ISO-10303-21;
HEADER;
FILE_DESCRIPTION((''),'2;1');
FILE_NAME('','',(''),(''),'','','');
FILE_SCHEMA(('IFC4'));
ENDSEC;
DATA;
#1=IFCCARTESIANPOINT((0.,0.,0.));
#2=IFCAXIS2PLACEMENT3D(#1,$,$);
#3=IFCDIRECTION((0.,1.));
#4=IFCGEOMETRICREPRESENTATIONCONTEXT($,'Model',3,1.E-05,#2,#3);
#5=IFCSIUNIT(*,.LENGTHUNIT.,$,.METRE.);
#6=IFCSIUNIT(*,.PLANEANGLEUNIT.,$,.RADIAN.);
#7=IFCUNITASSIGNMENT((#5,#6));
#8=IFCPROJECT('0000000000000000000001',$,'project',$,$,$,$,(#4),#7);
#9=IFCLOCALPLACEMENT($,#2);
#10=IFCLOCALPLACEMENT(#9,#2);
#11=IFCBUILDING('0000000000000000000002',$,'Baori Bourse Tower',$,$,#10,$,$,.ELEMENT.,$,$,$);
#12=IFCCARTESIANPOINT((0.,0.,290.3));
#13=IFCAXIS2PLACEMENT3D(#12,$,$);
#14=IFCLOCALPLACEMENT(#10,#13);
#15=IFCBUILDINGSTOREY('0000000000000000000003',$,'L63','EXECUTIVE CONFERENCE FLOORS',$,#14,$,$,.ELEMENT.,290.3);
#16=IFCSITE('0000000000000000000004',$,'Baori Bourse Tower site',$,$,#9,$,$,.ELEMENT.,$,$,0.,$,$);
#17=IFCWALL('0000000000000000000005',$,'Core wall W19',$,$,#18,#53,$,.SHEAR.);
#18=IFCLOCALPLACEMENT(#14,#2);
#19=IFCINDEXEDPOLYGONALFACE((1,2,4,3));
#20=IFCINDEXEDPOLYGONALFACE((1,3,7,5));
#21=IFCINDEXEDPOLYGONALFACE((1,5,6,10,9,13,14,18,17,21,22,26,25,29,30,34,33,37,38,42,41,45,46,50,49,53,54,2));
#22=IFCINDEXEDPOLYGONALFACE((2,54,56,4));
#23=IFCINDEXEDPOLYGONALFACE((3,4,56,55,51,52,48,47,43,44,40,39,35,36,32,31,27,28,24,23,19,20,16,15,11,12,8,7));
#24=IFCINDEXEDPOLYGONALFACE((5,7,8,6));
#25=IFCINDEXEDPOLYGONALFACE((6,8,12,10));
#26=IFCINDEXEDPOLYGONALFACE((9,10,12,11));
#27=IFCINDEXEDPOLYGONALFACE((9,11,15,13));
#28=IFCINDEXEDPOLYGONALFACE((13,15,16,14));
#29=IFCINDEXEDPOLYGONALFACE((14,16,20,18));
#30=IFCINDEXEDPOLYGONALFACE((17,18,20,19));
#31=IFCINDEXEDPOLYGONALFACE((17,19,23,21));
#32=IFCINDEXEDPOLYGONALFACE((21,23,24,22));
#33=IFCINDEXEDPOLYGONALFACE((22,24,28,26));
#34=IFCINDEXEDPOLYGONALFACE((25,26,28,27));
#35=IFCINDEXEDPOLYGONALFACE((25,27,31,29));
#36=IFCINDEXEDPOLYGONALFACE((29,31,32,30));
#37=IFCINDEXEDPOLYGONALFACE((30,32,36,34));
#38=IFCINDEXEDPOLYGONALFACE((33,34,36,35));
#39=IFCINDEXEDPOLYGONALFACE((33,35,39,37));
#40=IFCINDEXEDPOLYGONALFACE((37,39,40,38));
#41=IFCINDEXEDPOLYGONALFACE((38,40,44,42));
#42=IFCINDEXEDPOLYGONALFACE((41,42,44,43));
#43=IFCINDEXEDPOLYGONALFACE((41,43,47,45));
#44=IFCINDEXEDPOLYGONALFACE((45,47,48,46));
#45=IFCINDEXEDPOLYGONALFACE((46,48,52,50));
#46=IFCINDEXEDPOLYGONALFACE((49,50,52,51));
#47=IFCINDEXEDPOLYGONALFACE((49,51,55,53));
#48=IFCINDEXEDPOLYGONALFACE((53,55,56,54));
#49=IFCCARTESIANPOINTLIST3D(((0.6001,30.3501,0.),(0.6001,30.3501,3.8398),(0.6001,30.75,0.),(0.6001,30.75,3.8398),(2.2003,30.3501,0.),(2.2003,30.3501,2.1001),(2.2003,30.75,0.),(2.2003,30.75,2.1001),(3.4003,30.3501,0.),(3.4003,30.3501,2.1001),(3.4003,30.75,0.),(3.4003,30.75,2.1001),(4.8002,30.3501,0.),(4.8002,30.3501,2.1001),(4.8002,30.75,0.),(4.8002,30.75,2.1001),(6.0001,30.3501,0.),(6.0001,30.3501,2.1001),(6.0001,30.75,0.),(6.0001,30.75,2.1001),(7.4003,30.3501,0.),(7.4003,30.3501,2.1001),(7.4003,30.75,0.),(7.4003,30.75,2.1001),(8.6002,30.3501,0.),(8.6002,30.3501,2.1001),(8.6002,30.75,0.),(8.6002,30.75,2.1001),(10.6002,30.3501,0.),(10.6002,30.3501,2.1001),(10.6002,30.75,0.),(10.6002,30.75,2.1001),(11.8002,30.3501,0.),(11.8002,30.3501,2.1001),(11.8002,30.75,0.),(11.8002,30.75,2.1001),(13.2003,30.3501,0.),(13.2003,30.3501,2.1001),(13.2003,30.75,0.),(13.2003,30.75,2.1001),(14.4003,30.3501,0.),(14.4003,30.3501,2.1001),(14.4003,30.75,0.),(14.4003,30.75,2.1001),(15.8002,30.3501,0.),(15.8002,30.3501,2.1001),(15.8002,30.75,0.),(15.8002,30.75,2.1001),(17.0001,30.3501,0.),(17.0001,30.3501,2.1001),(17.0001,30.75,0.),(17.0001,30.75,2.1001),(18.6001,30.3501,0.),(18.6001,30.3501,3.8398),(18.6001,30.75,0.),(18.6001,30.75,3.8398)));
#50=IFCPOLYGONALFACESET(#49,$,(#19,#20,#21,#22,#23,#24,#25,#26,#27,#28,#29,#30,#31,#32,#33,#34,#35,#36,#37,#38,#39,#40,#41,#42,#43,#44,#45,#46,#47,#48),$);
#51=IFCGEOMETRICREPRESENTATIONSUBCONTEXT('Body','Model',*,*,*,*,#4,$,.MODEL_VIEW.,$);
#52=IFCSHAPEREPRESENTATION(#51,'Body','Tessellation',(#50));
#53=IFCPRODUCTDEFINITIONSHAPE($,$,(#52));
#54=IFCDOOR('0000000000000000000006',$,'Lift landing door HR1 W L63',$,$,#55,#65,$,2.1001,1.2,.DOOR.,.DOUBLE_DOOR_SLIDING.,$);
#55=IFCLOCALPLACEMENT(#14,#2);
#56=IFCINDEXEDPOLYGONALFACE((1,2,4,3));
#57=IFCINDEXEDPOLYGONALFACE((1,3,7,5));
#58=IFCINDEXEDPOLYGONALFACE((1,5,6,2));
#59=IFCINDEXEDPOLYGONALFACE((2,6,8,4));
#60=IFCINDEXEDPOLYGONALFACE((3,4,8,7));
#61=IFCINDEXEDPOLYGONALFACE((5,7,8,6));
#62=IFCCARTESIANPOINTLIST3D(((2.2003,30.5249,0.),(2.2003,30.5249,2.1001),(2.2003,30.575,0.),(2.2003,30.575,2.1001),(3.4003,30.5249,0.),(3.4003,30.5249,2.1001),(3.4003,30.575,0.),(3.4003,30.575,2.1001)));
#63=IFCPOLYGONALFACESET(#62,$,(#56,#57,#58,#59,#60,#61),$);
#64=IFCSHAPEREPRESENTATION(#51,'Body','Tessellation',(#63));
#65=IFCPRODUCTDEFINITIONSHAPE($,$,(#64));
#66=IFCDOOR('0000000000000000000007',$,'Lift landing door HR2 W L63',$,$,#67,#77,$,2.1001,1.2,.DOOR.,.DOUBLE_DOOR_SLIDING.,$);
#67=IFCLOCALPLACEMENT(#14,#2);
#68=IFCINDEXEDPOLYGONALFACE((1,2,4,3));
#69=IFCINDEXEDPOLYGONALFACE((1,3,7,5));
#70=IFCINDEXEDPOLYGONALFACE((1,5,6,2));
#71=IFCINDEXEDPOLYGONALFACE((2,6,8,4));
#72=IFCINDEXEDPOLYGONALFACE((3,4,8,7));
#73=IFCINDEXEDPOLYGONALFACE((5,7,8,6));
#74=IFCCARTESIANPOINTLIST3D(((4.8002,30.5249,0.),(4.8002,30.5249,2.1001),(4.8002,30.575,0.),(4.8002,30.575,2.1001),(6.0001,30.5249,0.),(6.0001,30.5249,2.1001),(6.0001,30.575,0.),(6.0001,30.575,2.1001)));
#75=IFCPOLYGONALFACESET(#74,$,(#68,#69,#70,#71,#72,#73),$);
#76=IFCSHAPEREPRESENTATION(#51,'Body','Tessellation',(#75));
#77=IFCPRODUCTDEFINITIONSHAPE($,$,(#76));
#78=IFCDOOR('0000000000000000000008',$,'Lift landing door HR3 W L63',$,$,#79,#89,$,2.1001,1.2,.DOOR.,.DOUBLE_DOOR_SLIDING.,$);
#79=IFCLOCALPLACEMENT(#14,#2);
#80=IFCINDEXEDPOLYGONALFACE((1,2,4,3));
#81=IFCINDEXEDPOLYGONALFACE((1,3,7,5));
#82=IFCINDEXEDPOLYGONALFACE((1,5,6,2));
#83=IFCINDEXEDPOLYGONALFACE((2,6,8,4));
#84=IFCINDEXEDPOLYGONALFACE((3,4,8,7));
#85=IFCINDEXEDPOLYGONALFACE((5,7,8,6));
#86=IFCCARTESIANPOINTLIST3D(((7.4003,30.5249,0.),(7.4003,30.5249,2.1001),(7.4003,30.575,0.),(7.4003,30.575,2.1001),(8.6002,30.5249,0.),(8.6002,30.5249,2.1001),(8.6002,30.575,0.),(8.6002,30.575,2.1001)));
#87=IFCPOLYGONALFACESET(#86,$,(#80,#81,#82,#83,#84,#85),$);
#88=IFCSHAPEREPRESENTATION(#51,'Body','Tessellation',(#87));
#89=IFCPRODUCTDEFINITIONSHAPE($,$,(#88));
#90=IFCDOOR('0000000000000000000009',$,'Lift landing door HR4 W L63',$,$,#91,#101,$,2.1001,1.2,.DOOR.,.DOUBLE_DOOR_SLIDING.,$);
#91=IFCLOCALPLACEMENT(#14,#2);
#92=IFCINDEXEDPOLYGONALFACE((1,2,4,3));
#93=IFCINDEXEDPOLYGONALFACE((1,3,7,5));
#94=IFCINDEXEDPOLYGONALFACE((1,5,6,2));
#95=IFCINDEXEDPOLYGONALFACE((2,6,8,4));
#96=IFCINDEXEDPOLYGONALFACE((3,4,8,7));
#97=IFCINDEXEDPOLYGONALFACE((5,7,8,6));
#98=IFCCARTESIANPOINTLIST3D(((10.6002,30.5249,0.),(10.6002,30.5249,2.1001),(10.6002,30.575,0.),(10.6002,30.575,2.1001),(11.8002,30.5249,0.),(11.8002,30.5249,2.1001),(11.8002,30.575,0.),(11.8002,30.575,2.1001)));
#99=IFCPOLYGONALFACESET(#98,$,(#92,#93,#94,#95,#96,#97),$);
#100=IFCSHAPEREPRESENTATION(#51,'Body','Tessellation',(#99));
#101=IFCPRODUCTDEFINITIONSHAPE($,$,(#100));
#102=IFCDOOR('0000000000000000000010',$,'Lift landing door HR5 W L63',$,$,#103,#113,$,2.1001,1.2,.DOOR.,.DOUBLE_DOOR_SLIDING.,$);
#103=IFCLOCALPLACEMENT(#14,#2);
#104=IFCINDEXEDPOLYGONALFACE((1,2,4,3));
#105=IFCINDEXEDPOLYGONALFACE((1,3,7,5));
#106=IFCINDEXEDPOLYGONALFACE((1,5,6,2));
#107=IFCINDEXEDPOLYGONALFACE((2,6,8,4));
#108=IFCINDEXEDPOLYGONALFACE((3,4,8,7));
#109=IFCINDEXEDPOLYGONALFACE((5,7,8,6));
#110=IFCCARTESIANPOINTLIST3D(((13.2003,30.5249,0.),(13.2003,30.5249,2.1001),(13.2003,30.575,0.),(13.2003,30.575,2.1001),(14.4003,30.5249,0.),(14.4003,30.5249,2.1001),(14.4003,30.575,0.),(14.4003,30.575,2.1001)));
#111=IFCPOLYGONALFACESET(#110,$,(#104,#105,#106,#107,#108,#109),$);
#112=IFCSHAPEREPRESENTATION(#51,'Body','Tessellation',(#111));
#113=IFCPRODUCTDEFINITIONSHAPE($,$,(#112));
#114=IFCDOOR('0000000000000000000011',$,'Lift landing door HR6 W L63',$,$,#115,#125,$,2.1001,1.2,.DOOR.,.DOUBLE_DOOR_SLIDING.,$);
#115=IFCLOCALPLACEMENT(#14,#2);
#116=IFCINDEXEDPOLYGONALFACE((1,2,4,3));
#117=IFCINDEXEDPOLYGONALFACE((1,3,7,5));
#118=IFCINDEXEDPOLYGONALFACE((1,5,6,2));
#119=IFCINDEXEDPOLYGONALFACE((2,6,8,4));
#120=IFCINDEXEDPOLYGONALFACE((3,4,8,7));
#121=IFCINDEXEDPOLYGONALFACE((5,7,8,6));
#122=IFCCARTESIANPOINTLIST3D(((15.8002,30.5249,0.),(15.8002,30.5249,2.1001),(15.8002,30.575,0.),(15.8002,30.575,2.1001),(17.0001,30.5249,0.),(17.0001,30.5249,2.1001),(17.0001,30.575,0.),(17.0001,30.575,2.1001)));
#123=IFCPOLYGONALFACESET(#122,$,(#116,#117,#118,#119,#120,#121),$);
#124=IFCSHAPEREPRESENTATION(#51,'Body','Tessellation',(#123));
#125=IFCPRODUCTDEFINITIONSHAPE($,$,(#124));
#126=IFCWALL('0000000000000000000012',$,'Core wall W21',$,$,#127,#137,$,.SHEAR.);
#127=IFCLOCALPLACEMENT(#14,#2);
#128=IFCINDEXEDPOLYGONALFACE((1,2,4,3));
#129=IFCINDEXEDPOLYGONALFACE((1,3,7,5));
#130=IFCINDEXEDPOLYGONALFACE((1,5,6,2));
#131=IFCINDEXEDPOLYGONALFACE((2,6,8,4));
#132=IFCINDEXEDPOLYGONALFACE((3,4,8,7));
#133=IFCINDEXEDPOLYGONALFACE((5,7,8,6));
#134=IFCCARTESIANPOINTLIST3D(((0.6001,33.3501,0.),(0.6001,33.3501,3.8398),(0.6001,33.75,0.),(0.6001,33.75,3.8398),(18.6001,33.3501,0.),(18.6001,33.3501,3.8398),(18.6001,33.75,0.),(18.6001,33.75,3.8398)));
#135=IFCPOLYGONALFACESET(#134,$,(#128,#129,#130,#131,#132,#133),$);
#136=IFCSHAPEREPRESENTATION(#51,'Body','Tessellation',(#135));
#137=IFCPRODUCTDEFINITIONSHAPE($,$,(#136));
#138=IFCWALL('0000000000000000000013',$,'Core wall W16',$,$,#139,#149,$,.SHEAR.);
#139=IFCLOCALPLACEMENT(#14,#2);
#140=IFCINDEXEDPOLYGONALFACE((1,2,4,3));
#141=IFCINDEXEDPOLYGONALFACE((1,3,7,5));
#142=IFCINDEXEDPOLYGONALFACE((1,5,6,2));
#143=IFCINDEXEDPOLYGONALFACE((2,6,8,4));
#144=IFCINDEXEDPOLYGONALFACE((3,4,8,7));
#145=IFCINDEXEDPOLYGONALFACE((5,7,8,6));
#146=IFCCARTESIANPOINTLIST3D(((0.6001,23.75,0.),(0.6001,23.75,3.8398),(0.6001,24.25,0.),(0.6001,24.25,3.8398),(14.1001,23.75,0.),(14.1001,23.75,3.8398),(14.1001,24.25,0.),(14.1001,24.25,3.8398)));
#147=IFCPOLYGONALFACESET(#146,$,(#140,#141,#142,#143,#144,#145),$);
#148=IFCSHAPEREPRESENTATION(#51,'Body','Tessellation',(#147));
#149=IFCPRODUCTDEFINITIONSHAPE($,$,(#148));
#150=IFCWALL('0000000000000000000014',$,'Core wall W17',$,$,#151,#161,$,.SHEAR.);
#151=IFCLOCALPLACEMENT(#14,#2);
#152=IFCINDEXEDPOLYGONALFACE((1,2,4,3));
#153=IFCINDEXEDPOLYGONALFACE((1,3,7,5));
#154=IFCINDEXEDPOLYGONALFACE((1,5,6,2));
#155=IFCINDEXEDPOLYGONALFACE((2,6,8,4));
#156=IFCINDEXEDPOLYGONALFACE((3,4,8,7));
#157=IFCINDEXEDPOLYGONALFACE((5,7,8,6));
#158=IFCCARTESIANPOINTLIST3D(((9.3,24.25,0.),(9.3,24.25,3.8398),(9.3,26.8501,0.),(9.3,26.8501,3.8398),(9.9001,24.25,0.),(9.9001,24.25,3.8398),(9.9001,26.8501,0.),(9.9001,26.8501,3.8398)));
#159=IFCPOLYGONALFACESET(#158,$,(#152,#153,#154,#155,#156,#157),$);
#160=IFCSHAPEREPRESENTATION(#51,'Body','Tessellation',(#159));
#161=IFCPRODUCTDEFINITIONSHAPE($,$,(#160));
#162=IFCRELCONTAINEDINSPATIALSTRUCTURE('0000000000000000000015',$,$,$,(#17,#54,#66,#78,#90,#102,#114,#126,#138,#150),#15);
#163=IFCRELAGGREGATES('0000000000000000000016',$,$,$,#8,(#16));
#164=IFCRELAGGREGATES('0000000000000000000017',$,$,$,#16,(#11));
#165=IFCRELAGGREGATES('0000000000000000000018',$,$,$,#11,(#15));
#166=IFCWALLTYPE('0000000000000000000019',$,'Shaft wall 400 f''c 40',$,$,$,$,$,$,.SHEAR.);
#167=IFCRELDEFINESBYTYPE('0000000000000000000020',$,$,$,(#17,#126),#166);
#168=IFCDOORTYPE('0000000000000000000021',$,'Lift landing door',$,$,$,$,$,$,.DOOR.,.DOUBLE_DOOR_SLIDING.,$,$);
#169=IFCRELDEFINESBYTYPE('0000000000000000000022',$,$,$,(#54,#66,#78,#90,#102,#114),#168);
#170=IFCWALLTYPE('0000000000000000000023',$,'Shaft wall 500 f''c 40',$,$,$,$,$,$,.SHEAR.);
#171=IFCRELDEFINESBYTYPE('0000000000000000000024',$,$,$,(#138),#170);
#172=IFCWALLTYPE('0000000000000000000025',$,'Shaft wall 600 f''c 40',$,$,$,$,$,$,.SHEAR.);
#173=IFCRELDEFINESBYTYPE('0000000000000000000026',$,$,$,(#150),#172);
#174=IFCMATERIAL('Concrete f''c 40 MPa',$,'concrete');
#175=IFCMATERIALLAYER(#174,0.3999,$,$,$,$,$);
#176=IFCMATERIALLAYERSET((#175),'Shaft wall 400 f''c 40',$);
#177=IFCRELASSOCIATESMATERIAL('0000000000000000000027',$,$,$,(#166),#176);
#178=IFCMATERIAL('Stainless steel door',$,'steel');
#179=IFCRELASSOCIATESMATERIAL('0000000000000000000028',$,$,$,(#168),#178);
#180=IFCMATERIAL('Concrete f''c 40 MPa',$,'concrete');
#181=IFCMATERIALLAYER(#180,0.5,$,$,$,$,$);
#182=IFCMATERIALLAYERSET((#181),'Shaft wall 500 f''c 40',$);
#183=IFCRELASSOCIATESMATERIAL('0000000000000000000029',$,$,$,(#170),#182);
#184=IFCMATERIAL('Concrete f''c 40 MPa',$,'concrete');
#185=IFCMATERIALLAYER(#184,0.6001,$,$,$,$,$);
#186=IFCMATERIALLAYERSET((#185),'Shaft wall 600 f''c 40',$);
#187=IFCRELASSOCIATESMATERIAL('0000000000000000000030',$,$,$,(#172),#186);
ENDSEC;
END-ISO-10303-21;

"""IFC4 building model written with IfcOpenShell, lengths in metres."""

from ifc_helpers import new_model, si_unit, direction, frame, frame_2d, origin, place, context, subcontext, project, spatial, rectangle, extrude, material, layer, layer_set, type_object, element, fill, save


model = new_model("IFC4")

# Units and contexts
model_context = context("Model", 3, precision=1e-05, world=origin(), true_north=direction((0.0, 1.0)))
body_context = subcontext(model_context, "Body", "Model", "MODEL_VIEW")
ifc_project = project(units=[si_unit("LENGTHUNIT", "METRE"), si_unit("PLANEANGLEUNIT", "RADIAN")], contexts=[model_context])

# Site, building, storey
site_placement = place(None, origin())
site = spatial("IfcSite", under=ifc_project, at=site_placement, Name="Baori Bourse Tower site", CompositionType="ELEMENT", RefElevation=0.0)
building_placement = place(site_placement, origin())
building = spatial("IfcBuilding", under=site, at=building_placement, Name="Baori Bourse Tower", CompositionType="ELEMENT")
storey_placement = place(building_placement, frame((0.0, 0.0, 290.3)))
storey = spatial("IfcBuildingStorey", under=building, at=storey_placement, Name="L63", Description="EXECUTIVE CONFERENCE FLOORS", CompositionType="ELEMENT", Elevation=290.3)

# Wall, openings, doors
ifc_material_1 = material(Name="Concrete f'c 40 MPa", Category="concrete")
ifc_layer_1 = layer(ifc_material_1, 0.3999)
ifc_layer_set_1 = layer_set([ifc_layer_1], Name="Shaft wall 400 f'c 40")
wall_type_1 = type_object("IfcWallType", Name="Shaft wall 400 f'c 40", PredefinedType="SHEAR", material=ifc_layer_set_1)
ifc_material_2 = material(Name="Stainless steel door", Category="steel")
door_type_1 = type_object("IfcDoorType", Name="Lift landing door", OperationType="DOUBLE_DOOR_SLIDING", PredefinedType="DOOR", material=ifc_material_2)
wall_1_placement = place(storey_placement, frame((0.6001, 30.55, 0.0), z_axis=(0.0, 0.0, 1.0), x_axis=(1.0, 0.0, 0.0)))
wall_1 = element("IfcWall", 1, at=wall_1_placement, inside=storey, type_object=wall_type_1, Name="Core wall W19", PredefinedType="SHEAR", context=body_context, shape_type="SweptSolid", body=[
    extrude(rectangle(XDim=18.0, YDim=0.3999, at=frame_2d((9.0, 0.0))), origin(), (0.0, 0.0, 1.0), 3.8398),
])
opening_1_placement = place(wall_1_placement, frame((1.6001, 0.0, 0.0)))
opening_1 = element("IfcOpeningElement", 2, at=opening_1_placement, cuts=wall_1, PredefinedType="OPENING", context=body_context, shape_type="SweptSolid", body=[
    extrude(rectangle(XDim=1.2, YDim=2.1001, at=frame_2d((0.6001, 1.05))), frame((0.0, 0.21, 0.0), z_axis=(0.0, -1.0, 0.0), x_axis=(1.0, 0.0, 0.0)), (0.0, 0.0, 1.0), 0.4199),
])
opening_2_placement = place(wall_1_placement, frame((4.2, 0.0, 0.0)))
opening_2 = element("IfcOpeningElement", 3, at=opening_2_placement, cuts=wall_1, PredefinedType="OPENING", context=body_context, shape_type="SweptSolid", body=[
    extrude(rectangle(XDim=1.2, YDim=2.1001, at=frame_2d((0.6001, 1.05))), frame((0.0, 0.21, 0.0), z_axis=(0.0, -1.0, 0.0), x_axis=(1.0, 0.0, 0.0)), (0.0, 0.0, 1.0), 0.4199),
])
opening_3_placement = place(wall_1_placement, frame((6.8, 0.0, 0.0)))
opening_3 = element("IfcOpeningElement", 4, at=opening_3_placement, cuts=wall_1, PredefinedType="OPENING", context=body_context, shape_type="SweptSolid", body=[
    extrude(rectangle(XDim=1.2, YDim=2.1001, at=frame_2d((0.6001, 1.05))), frame((0.0, 0.21, 0.0), z_axis=(0.0, -1.0, 0.0), x_axis=(1.0, 0.0, 0.0)), (0.0, 0.0, 1.0), 0.4199),
])
opening_4_placement = place(wall_1_placement, frame((10.0, 0.0, 0.0)))
opening_4 = element("IfcOpeningElement", 5, at=opening_4_placement, cuts=wall_1, PredefinedType="OPENING", context=body_context, shape_type="SweptSolid", body=[
    extrude(rectangle(XDim=1.2, YDim=2.1001, at=frame_2d((0.6001, 1.05))), frame((0.0, 0.21, 0.0), z_axis=(0.0, -1.0, 0.0), x_axis=(1.0, 0.0, 0.0)), (0.0, 0.0, 1.0), 0.4199),
])
opening_5_placement = place(wall_1_placement, frame((12.6001, 0.0, 0.0)))
opening_5 = element("IfcOpeningElement", 6, at=opening_5_placement, cuts=wall_1, PredefinedType="OPENING", context=body_context, shape_type="SweptSolid", body=[
    extrude(rectangle(XDim=1.2, YDim=2.1001, at=frame_2d((0.6001, 1.05))), frame((0.0, 0.21, 0.0), z_axis=(0.0, -1.0, 0.0), x_axis=(1.0, 0.0, 0.0)), (0.0, 0.0, 1.0), 0.4199),
])
opening_6_placement = place(wall_1_placement, frame((15.2, 0.0, 0.0)))
opening_6 = element("IfcOpeningElement", 7, at=opening_6_placement, cuts=wall_1, PredefinedType="OPENING", context=body_context, shape_type="SweptSolid", body=[
    extrude(rectangle(XDim=1.2, YDim=2.1001, at=frame_2d((0.6001, 1.05))), frame((0.0, 0.21, 0.0), z_axis=(0.0, -1.0, 0.0), x_axis=(1.0, 0.0, 0.0)), (0.0, 0.0, 1.0), 0.4199),
])
door_1_placement = place(opening_1_placement, origin())
door_1 = element("IfcDoor", 8, at=door_1_placement, inside=storey, type_object=door_type_1, Name="Lift landing door HR1 W L63", OperationType="DOUBLE_DOOR_SLIDING", OverallHeight=2.1001, OverallWidth=1.2, PredefinedType="DOOR", context=body_context, shape_type="SweptSolid", body=[
    extrude(rectangle(XDim=1.2, YDim=2.1001, at=frame_2d((0.6001, 1.05))), frame((0.0, 0.0249, 0.0), z_axis=(0.0, -1.0, 0.0), x_axis=(1.0, 0.0, 0.0)), (0.0, 0.0, 1.0), 0.05),
])
fill(opening_1, door_1)
door_2_placement = place(opening_2_placement, origin())
door_2 = element("IfcDoor", 9, at=door_2_placement, inside=storey, type_object=door_type_1, Name="Lift landing door HR2 W L63", OperationType="DOUBLE_DOOR_SLIDING", OverallHeight=2.1001, OverallWidth=1.2, PredefinedType="DOOR", context=body_context, shape_type="SweptSolid", body=[
    extrude(rectangle(XDim=1.2, YDim=2.1001, at=frame_2d((0.6001, 1.05))), frame((0.0, 0.0249, 0.0), z_axis=(0.0, -1.0, 0.0), x_axis=(1.0, 0.0, 0.0)), (0.0, 0.0, 1.0), 0.05),
])
fill(opening_2, door_2)
door_3_placement = place(opening_3_placement, origin())
door_3 = element("IfcDoor", 10, at=door_3_placement, inside=storey, type_object=door_type_1, Name="Lift landing door HR3 W L63", OperationType="DOUBLE_DOOR_SLIDING", OverallHeight=2.1001, OverallWidth=1.2, PredefinedType="DOOR", context=body_context, shape_type="SweptSolid", body=[
    extrude(rectangle(XDim=1.2, YDim=2.1001, at=frame_2d((0.6001, 1.05))), frame((0.0, 0.0249, 0.0), z_axis=(0.0, -1.0, 0.0), x_axis=(1.0, 0.0, 0.0)), (0.0, 0.0, 1.0), 0.05),
])
fill(opening_3, door_3)
door_4_placement = place(opening_4_placement, origin())
door_4 = element("IfcDoor", 11, at=door_4_placement, inside=storey, type_object=door_type_1, Name="Lift landing door HR4 W L63", OperationType="DOUBLE_DOOR_SLIDING", OverallHeight=2.1001, OverallWidth=1.2, PredefinedType="DOOR", context=body_context, shape_type="SweptSolid", body=[
    extrude(rectangle(XDim=1.2, YDim=2.1001, at=frame_2d((0.6001, 1.05))), frame((0.0, 0.0249, 0.0), z_axis=(0.0, -1.0, 0.0), x_axis=(1.0, 0.0, 0.0)), (0.0, 0.0, 1.0), 0.05),
])
fill(opening_4, door_4)
door_5_placement = place(opening_5_placement, origin())
door_5 = element("IfcDoor", 12, at=door_5_placement, inside=storey, type_object=door_type_1, Name="Lift landing door HR5 W L63", OperationType="DOUBLE_DOOR_SLIDING", OverallHeight=2.1001, OverallWidth=1.2, PredefinedType="DOOR", context=body_context, shape_type="SweptSolid", body=[
    extrude(rectangle(XDim=1.2, YDim=2.1001, at=frame_2d((0.6001, 1.05))), frame((0.0, 0.0249, 0.0), z_axis=(0.0, -1.0, 0.0), x_axis=(1.0, 0.0, 0.0)), (0.0, 0.0, 1.0), 0.05),
])
fill(opening_5, door_5)
door_6_placement = place(opening_6_placement, origin())
door_6 = element("IfcDoor", 13, at=door_6_placement, inside=storey, type_object=door_type_1, Name="Lift landing door HR6 W L63", OperationType="DOUBLE_DOOR_SLIDING", OverallHeight=2.1001, OverallWidth=1.2, PredefinedType="DOOR", context=body_context, shape_type="SweptSolid", body=[
    extrude(rectangle(XDim=1.2, YDim=2.1001, at=frame_2d((0.6001, 1.05))), frame((0.0, 0.0249, 0.0), z_axis=(0.0, -1.0, 0.0), x_axis=(1.0, 0.0, 0.0)), (0.0, 0.0, 1.0), 0.05),
])
fill(opening_6, door_6)

# Walls
wall_2_placement = place(storey_placement, frame((0.6001, 33.55, 0.0), z_axis=(0.0, 0.0, 1.0), x_axis=(1.0, 0.0, 0.0)))
element("IfcWall", 14, at=wall_2_placement, inside=storey, type_object=wall_type_1, Name="Core wall W21", PredefinedType="SHEAR", context=body_context, shape_type="SweptSolid", body=[
    extrude(rectangle(XDim=18.0, YDim=0.3999, at=frame_2d((9.0, 0.0))), origin(), (0.0, 0.0, 1.0), 3.8398),
])
ifc_material_3 = material(Name="Concrete f'c 40 MPa", Category="concrete")
ifc_layer_2 = layer(ifc_material_3, 0.5)
ifc_layer_set_2 = layer_set([ifc_layer_2], Name="Shaft wall 500 f'c 40")
wall_type_2 = type_object("IfcWallType", Name="Shaft wall 500 f'c 40", PredefinedType="SHEAR", material=ifc_layer_set_2)
wall_3_placement = place(storey_placement, frame((0.6001, 24.0, 0.0), z_axis=(0.0, 0.0, 1.0), x_axis=(1.0, 0.0, 0.0)))
element("IfcWall", 15, at=wall_3_placement, inside=storey, type_object=wall_type_2, Name="Core wall W16", PredefinedType="SHEAR", context=body_context, shape_type="SweptSolid", body=[
    extrude(rectangle(XDim=13.5, YDim=0.5, at=frame_2d((6.75, 0.0))), origin(), (0.0, 0.0, 1.0), 3.8398),
])
ifc_material_4 = material(Name="Concrete f'c 40 MPa", Category="concrete")
ifc_layer_3 = layer(ifc_material_4, 0.6001)
ifc_layer_set_3 = layer_set([ifc_layer_3], Name="Shaft wall 600 f'c 40")
wall_type_3 = type_object("IfcWallType", Name="Shaft wall 600 f'c 40", PredefinedType="SHEAR", material=ifc_layer_set_3)
for number, where, z_axis, x_axis, name in (
    (16, (9.6001, 24.25, 0.0), (0.0, 0.0, 1.0), (0.0, 1.0, 0.0), "Core wall W17"),
):
    element("IfcWall", number, at=place(storey_placement, frame(where, z_axis=z_axis, x_axis=x_axis)), inside=storey, type_object=wall_type_3, Name=name, PredefinedType="SHEAR", context=body_context, shape_type="SweptSolid", body=[
        extrude(rectangle(XDim=2.6001, YDim=0.6001, at=frame_2d((1.3, 0.0))), origin(), (0.0, 0.0, 1.0), 3.8398),
    ])

save(model, "model.ifc")
